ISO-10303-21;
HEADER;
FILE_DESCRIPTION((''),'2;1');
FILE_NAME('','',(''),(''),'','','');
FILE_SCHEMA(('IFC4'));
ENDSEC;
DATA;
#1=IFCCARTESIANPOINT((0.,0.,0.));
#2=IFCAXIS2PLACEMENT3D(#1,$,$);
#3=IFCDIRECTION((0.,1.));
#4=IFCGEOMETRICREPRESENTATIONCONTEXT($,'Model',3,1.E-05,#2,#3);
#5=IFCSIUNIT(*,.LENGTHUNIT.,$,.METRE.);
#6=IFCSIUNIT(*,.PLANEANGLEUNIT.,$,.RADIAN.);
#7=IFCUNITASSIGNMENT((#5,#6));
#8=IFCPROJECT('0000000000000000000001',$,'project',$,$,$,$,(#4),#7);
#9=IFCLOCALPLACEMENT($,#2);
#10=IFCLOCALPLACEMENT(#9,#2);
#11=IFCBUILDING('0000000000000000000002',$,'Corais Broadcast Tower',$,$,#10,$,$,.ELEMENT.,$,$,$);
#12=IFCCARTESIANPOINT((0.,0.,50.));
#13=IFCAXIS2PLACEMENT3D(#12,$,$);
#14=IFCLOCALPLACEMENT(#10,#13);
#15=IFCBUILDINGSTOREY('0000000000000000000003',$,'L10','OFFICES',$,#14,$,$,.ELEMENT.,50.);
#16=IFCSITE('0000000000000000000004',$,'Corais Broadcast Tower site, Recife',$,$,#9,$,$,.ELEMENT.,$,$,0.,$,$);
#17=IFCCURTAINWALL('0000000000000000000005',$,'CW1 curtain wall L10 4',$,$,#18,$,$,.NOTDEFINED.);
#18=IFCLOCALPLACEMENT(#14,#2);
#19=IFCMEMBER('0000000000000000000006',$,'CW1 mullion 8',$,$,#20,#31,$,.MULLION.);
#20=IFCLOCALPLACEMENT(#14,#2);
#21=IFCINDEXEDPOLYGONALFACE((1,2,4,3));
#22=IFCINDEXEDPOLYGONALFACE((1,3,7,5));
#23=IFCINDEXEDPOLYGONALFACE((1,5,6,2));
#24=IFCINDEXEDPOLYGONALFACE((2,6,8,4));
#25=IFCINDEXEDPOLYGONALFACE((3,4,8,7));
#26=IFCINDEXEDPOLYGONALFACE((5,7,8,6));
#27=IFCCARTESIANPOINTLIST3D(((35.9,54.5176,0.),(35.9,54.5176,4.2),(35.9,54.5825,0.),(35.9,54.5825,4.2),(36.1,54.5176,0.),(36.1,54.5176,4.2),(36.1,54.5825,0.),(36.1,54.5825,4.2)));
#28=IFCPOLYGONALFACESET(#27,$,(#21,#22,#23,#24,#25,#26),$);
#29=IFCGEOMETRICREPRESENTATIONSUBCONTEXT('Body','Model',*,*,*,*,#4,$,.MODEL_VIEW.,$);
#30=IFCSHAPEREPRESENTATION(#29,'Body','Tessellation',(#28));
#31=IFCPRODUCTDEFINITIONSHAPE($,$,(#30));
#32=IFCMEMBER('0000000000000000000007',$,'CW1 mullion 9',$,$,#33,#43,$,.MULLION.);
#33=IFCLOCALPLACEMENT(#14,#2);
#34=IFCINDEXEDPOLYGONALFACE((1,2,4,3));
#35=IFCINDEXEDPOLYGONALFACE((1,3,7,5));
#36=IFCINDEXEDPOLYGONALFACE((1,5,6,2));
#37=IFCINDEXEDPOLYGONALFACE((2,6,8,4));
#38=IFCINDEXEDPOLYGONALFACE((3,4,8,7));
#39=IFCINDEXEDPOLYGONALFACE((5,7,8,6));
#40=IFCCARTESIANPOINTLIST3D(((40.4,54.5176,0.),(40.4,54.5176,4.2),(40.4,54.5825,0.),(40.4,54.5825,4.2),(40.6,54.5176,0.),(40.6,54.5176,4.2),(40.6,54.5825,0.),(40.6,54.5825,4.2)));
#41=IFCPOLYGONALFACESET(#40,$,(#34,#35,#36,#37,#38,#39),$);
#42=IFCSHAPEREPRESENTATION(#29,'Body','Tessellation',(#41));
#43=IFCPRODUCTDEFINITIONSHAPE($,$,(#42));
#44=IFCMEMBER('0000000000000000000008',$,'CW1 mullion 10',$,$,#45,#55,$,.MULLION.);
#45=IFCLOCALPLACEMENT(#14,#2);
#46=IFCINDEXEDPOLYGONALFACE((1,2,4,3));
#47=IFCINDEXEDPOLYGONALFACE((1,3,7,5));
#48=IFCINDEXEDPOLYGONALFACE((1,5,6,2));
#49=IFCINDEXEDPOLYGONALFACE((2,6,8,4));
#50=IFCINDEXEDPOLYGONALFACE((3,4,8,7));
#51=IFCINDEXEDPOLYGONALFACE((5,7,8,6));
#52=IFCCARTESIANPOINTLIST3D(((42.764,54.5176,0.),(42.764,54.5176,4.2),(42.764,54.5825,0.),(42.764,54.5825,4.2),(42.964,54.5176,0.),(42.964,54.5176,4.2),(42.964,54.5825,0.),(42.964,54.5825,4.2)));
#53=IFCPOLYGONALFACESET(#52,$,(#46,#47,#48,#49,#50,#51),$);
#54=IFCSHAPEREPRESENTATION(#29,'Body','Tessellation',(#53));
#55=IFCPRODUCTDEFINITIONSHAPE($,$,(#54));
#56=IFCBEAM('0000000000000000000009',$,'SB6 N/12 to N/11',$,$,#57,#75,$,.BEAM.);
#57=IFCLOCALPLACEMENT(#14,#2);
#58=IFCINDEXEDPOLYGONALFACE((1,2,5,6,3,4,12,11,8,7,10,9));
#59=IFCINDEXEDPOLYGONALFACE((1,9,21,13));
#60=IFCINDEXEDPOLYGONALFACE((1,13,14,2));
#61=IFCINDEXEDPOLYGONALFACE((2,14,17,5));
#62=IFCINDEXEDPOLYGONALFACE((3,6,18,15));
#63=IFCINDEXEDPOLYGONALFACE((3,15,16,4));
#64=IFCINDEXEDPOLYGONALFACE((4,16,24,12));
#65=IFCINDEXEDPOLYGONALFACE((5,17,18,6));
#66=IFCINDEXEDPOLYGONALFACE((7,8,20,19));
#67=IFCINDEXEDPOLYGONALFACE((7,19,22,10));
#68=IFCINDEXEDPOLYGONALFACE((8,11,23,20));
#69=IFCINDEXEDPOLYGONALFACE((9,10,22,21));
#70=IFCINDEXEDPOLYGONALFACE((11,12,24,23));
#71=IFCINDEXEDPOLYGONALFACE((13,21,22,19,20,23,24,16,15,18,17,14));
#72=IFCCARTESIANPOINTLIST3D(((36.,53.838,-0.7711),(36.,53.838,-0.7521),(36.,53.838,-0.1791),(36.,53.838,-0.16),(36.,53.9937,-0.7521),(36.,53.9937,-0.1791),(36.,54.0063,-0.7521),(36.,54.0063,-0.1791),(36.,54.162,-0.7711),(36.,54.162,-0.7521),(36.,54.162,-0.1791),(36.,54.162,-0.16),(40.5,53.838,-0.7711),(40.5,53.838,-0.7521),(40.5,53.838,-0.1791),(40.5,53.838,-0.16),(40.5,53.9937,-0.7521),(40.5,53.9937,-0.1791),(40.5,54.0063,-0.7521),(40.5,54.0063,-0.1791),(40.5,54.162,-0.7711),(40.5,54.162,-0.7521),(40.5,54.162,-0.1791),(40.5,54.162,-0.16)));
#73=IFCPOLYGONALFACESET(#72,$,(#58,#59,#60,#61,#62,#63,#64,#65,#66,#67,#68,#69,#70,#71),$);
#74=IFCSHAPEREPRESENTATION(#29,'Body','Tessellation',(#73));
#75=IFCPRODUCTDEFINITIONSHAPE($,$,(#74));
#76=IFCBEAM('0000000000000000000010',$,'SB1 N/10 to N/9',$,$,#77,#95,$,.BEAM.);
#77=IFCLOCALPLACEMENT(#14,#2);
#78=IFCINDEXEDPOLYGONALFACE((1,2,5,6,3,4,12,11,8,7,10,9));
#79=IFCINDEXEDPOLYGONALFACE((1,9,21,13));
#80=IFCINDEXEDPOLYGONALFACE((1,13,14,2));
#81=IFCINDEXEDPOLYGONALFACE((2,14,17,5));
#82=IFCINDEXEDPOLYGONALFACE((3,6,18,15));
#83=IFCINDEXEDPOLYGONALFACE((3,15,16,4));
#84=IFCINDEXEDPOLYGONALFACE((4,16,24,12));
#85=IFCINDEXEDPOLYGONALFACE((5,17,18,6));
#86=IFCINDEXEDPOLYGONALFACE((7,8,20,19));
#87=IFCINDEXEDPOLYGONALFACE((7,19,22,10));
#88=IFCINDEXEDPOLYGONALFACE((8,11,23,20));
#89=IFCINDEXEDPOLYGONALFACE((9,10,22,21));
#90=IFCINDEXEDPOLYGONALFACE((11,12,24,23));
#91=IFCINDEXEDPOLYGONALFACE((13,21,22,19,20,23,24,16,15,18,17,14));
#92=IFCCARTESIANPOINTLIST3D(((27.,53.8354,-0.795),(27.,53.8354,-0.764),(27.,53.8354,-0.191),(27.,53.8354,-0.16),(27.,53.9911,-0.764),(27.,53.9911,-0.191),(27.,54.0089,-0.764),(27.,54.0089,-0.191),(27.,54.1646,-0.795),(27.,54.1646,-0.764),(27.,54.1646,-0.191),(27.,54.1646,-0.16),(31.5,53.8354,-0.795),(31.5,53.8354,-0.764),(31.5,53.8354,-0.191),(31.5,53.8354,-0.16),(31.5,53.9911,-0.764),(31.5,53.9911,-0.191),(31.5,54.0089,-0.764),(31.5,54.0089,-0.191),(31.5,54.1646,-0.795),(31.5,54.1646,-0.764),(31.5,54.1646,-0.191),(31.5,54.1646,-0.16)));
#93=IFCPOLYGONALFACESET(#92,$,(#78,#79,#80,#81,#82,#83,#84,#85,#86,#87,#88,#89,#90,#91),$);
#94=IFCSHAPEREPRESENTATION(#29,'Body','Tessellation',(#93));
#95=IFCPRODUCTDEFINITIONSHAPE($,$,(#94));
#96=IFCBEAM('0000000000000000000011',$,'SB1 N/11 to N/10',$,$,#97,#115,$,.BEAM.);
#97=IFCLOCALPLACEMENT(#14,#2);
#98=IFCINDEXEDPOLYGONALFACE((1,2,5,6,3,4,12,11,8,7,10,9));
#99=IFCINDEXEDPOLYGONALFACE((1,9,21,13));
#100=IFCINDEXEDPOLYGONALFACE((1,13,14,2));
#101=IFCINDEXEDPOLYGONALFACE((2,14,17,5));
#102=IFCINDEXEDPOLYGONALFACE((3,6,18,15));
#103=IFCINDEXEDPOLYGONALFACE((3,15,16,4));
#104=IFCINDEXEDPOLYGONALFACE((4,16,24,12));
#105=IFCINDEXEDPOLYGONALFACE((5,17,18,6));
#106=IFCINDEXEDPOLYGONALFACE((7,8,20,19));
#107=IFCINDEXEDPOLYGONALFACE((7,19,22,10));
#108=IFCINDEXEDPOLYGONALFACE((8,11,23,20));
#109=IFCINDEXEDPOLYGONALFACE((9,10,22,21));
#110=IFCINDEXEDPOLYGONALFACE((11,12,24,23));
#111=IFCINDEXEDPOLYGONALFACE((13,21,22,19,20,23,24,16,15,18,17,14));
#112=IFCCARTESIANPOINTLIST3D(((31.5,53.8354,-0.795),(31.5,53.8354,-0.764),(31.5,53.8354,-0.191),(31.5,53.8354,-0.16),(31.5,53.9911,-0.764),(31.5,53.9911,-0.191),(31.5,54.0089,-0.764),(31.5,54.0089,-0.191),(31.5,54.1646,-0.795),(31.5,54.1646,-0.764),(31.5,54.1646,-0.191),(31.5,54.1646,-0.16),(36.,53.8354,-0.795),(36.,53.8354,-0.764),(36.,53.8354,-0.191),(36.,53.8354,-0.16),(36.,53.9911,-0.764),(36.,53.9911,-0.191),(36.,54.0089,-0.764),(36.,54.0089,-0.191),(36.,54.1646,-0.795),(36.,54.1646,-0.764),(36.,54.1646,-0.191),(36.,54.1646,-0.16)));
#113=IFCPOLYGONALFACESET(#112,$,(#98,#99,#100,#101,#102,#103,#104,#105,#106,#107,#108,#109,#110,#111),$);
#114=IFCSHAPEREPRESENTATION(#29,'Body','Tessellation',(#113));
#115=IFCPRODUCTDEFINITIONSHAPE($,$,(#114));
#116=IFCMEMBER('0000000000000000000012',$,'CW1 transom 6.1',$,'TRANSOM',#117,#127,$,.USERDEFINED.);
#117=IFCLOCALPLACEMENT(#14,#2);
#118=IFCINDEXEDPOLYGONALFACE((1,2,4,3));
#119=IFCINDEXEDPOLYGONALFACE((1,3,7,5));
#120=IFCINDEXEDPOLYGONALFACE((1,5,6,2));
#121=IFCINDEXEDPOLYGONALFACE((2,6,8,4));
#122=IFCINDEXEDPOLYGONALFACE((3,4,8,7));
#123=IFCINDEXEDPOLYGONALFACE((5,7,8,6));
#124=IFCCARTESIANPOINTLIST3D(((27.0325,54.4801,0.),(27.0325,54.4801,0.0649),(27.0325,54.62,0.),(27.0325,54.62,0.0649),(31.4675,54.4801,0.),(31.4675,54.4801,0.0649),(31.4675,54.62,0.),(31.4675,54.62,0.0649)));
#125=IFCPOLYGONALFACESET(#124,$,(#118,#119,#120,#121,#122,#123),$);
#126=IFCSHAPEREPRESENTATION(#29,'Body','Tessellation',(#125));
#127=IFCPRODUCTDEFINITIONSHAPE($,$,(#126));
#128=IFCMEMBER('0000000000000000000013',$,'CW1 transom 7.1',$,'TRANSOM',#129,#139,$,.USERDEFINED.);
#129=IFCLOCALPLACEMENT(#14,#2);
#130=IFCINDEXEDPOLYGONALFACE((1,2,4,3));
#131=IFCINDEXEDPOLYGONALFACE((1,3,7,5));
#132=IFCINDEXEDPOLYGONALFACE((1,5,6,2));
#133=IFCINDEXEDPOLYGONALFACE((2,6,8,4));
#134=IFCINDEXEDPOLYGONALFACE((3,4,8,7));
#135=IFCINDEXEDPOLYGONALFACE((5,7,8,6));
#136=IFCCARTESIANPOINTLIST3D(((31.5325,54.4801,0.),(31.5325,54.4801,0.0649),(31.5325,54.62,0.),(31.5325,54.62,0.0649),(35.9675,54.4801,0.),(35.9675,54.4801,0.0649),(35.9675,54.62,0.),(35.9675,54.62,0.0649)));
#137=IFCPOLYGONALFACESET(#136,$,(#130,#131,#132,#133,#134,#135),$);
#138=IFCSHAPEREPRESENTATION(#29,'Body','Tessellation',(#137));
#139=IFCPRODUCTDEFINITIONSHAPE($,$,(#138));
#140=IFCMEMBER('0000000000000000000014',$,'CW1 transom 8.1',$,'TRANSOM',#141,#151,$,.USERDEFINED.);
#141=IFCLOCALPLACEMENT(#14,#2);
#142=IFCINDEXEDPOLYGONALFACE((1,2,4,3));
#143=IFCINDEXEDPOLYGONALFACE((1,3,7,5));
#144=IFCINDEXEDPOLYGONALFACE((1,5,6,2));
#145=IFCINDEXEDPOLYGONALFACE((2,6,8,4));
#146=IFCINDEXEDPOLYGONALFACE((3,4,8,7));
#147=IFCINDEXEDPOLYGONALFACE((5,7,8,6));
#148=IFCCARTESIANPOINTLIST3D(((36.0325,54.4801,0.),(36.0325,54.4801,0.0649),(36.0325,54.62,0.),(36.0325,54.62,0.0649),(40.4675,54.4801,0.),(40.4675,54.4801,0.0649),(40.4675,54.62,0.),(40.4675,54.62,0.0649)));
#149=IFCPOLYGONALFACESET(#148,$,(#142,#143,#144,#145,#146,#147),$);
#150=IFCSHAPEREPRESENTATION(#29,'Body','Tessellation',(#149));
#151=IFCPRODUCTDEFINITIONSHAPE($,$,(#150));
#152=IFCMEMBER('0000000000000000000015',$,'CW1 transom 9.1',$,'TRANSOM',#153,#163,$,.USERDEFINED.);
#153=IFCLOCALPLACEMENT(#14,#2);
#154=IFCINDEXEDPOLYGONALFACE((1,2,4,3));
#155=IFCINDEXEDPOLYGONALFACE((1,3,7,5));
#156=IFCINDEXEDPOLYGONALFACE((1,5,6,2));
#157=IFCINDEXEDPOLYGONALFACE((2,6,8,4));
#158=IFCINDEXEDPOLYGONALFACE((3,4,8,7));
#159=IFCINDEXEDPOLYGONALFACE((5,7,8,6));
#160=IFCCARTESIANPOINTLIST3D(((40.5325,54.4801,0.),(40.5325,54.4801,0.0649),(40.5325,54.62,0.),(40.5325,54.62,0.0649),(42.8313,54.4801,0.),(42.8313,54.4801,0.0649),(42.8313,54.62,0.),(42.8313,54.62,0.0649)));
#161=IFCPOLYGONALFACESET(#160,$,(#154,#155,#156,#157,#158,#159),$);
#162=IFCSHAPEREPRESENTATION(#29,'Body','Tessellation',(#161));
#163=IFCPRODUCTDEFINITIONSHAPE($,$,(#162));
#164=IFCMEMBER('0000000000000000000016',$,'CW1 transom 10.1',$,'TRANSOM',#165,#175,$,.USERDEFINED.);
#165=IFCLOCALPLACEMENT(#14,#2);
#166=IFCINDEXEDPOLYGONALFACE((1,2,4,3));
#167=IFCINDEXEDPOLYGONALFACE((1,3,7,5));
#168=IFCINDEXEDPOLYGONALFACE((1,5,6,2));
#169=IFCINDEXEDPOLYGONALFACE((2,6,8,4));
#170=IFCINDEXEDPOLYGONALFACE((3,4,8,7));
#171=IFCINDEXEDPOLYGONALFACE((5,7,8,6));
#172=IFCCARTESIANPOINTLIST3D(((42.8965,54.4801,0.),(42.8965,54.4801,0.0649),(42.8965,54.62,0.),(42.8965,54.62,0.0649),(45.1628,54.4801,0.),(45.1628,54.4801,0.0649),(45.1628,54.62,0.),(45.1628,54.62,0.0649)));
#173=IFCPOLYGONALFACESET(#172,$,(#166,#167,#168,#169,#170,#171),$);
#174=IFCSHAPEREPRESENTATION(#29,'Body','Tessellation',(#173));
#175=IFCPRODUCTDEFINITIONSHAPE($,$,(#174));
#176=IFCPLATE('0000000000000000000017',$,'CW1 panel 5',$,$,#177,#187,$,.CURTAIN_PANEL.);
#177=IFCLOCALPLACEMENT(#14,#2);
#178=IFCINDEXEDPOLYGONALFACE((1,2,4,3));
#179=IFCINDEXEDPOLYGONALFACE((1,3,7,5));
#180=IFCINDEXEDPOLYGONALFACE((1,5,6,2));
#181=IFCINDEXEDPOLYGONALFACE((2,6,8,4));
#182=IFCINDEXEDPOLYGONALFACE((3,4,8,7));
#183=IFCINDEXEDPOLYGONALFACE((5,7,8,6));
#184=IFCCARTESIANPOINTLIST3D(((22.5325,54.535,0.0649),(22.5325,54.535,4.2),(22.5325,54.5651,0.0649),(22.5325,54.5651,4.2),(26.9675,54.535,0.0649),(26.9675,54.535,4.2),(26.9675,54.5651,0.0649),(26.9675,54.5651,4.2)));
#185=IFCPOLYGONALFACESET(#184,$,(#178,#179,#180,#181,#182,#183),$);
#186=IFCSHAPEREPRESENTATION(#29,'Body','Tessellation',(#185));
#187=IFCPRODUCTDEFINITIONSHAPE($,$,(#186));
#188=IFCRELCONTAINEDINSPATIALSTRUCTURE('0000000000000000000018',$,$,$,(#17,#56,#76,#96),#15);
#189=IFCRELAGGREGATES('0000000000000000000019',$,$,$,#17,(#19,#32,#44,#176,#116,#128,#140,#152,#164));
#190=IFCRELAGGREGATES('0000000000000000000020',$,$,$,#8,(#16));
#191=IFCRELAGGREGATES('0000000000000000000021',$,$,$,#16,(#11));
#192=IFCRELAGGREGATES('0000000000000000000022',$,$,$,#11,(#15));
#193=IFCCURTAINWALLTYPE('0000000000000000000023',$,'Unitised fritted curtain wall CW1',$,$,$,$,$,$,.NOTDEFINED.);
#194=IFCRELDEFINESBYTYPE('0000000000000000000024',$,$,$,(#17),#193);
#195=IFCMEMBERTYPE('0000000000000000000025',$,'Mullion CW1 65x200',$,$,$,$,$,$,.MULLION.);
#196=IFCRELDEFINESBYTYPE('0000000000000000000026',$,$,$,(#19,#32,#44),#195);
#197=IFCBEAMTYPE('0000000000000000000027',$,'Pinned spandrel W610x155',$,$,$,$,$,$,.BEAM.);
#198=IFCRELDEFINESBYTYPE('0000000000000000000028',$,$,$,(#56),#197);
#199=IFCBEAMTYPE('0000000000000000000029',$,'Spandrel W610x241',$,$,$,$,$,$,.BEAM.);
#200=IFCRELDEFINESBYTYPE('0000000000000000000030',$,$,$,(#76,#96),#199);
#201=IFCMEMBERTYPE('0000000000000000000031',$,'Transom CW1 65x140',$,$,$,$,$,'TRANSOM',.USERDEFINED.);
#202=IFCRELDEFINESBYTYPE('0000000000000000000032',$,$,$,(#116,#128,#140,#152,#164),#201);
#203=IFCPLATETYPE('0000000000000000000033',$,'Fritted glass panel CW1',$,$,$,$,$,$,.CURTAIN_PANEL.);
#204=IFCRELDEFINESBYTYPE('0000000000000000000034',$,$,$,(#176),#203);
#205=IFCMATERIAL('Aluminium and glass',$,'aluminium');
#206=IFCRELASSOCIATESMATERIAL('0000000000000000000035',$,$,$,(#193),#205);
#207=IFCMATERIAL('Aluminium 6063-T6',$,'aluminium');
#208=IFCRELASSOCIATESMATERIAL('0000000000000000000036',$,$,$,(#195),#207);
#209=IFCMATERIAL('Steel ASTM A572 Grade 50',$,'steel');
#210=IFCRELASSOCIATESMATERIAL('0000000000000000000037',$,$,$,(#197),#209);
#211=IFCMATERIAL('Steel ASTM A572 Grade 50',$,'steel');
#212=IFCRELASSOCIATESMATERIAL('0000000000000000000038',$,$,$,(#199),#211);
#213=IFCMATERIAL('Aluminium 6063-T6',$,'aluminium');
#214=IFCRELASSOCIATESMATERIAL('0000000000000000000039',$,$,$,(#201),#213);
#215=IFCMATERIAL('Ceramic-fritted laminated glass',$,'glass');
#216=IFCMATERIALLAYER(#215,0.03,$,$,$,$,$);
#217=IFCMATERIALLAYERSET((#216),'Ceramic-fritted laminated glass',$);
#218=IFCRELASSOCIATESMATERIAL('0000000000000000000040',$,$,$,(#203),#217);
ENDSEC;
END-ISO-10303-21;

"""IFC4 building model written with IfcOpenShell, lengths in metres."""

from ifc_helpers import new_model, si_unit, direction, frame, origin, origin_2d, place, context, subcontext, project, spatial, rectangle, i_section, extrude, material, layer, layer_set, material_profile, profile_set, type_object, element, aggregate, save


model = new_model("IFC4")

# Units and contexts
model_context = context("Model", 3, precision=1e-05, world=origin(), true_north=direction((0.0, 1.0)))
body_context = subcontext(model_context, "Body", "Model", "MODEL_VIEW")
ifc_project = project(units=[si_unit("LENGTHUNIT", "METRE"), si_unit("PLANEANGLEUNIT", "RADIAN")], contexts=[model_context])

# Site, building, storey
site_placement = place(None, origin())
site = spatial("IfcSite", under=ifc_project, at=site_placement, Name="Corais Broadcast Tower site, Recife", CompositionType="ELEMENT", RefElevation=0.0)
building_placement = place(site_placement, origin())
building = spatial("IfcBuilding", under=site, at=building_placement, Name="Corais Broadcast Tower", CompositionType="ELEMENT")
storey_placement = place(building_placement, frame((0.0, 0.0, 50.0)))
storey = spatial("IfcBuildingStorey", under=building, at=storey_placement, Name="L10", Description="OFFICES", CompositionType="ELEMENT", Elevation=50.0)

# Curtain wall, members
ifc_material_1 = material(Name="Aluminium and glass", Category="aluminium")
curtain_wall_type = type_object("IfcCurtainWallType", Name="Unitised fritted curtain wall CW1", PredefinedType="NOTDEFINED", material=ifc_material_1)
curtain_wall_placement = place(storey_placement, origin())
curtain_wall = element("IfcCurtainWall", 1, at=curtain_wall_placement, inside=storey, type_object=curtain_wall_type, Name="CW1 curtain wall L10 4", PredefinedType="NOTDEFINED")
ifc_material_2 = material(Name="Aluminium 6063-T6", Category="aluminium")
ifc_material_profile_1 = material_profile(ifc_material_2, rectangle(XDim=0.0649, YDim=0.2, at=origin_2d()), Name="Mullion CW1 65x200")
ifc_profile_set_1 = profile_set([ifc_material_profile_1], Name="Aluminium 6063-T6")
member_type_1 = type_object("IfcMemberType", Name="Mullion CW1 65x200", PredefinedType="MULLION", material=ifc_profile_set_1)
member_1_placement = place(storey_placement, frame((36.0, 54.55, 0.0), z_axis=(0.0, 0.0, 1.0), x_axis=(0.0, 1.0, 0.0)))
member_1 = element("IfcMember", 2, at=member_1_placement, type_object=member_type_1, Name="CW1 mullion 8", PredefinedType="MULLION", context=body_context, shape_type="SweptSolid", body=[
    extrude(rectangle(XDim=0.0649, YDim=0.2, at=origin_2d()), origin(), (0.0, 0.0, 1.0), 4.2),
])
member_2_placement = place(storey_placement, frame((40.5, 54.55, 0.0), z_axis=(0.0, 0.0, 1.0), x_axis=(0.0, 1.0, 0.0)))
member_2 = element("IfcMember", 3, at=member_2_placement, type_object=member_type_1, Name="CW1 mullion 9", PredefinedType="MULLION", context=body_context, shape_type="SweptSolid", body=[
    extrude(rectangle(XDim=0.0649, YDim=0.2, at=origin_2d()), origin(), (0.0, 0.0, 1.0), 4.2),
])
member_3_placement = place(storey_placement, frame((42.864, 54.55, 0.0), z_axis=(0.0, 0.0, 1.0), x_axis=(0.0, 1.0, 0.0)))
member_3 = element("IfcMember", 4, at=member_3_placement, type_object=member_type_1, Name="CW1 mullion 10", PredefinedType="MULLION", context=body_context, shape_type="SweptSolid", body=[
    extrude(rectangle(XDim=0.0649, YDim=0.2, at=origin_2d()), origin(), (0.0, 0.0, 1.0), 4.2),
])

# Beams
ifc_material_3 = material(Name="Steel ASTM A572 Grade 50", Category="steel")
ifc_material_profile_2 = material_profile(ifc_material_3, i_section(OverallWidth=0.324, OverallDepth=0.6111, WebThickness=0.0127, FlangeThickness=0.019, at=origin_2d()), Name="W610x155")
ifc_profile_set_2 = profile_set([ifc_material_profile_2], Name="Steel ASTM A572 Grade 50")
beam_type_1 = type_object("IfcBeamType", Name="Pinned spandrel W610x155", PredefinedType="BEAM", material=ifc_profile_set_2)
beam_1_placement = place(storey_placement, frame((40.5, 54.0, -0.4656), z_axis=(-1.0, 0.0, 0.0), x_axis=(0.0, -1.0, 0.0)))
element("IfcBeam", 5, at=beam_1_placement, inside=storey, type_object=beam_type_1, Name="SB6 N/12 to N/11", PredefinedType="BEAM", context=body_context, shape_type="SweptSolid", body=[
    extrude(i_section(OverallWidth=0.324, OverallDepth=0.6111, WebThickness=0.0127, FlangeThickness=0.019, at=origin_2d()), origin(), (0.0, 0.0, 1.0), 4.5),
])
ifc_material_4 = material(Name="Steel ASTM A572 Grade 50", Category="steel")
ifc_material_profile_3 = material_profile(ifc_material_4, i_section(OverallWidth=0.3291, OverallDepth=0.635, WebThickness=0.0178, FlangeThickness=0.031, at=origin_2d()), Name="W610x241")
ifc_profile_set_3 = profile_set([ifc_material_profile_3], Name="Steel ASTM A572 Grade 50")
beam_type_2 = type_object("IfcBeamType", Name="Spandrel W610x241", PredefinedType="BEAM", material=ifc_profile_set_3)
for number, where, z_axis, x_axis, name in (
    (6, (31.5, 54.0, -0.4775), (-1.0, 0.0, 0.0), (0.0, -1.0, 0.0), "SB1 N/10 to N/9"),
    (7, (36.0, 54.0, -0.4775), (-1.0, 0.0, 0.0), (0.0, -1.0, 0.0), "SB1 N/11 to N/10"),
):
    element("IfcBeam", number, at=place(storey_placement, frame(where, z_axis=z_axis, x_axis=x_axis)), inside=storey, type_object=beam_type_2, Name=name, PredefinedType="BEAM", context=body_context, shape_type="SweptSolid", body=[
        extrude(i_section(OverallWidth=0.3291, OverallDepth=0.635, WebThickness=0.0178, FlangeThickness=0.031, at=origin_2d()), origin(), (0.0, 0.0, 1.0), 4.5),
    ])

# Members
ifc_material_5 = material(Name="Aluminium 6063-T6", Category="aluminium")
ifc_material_profile_4 = material_profile(ifc_material_5, rectangle(XDim=0.1399, YDim=0.0649, at=origin_2d()), Name="Transom CW1 65x140")
ifc_profile_set_4 = profile_set([ifc_material_profile_4], Name="Aluminium 6063-T6")
member_type_2 = type_object("IfcMemberType", Name="Transom CW1 65x140", ElementType="TRANSOM", PredefinedType="USERDEFINED", material=ifc_profile_set_4)
member_4_placement = place(storey_placement, frame((27.0325, 54.55, 0.0325), z_axis=(1.0, 0.0, 0.0), x_axis=(0.0, 1.0, 0.0)))
member_4 = element("IfcMember", 8, at=member_4_placement, type_object=member_type_2, Name="CW1 transom 6.1", ObjectType="TRANSOM", PredefinedType="USERDEFINED", context=body_context, shape_type="SweptSolid", body=[
    extrude(rectangle(XDim=0.1399, YDim=0.0649, at=origin_2d()), origin(), (0.0, 0.0, 1.0), 4.4351),
])
member_5_placement = place(storey_placement, frame((31.5325, 54.55, 0.0325), z_axis=(1.0, 0.0, 0.0), x_axis=(0.0, 1.0, 0.0)))
member_5 = element("IfcMember", 9, at=member_5_placement, type_object=member_type_2, Name="CW1 transom 7.1", ObjectType="TRANSOM", PredefinedType="USERDEFINED", context=body_context, shape_type="SweptSolid", body=[
    extrude(rectangle(XDim=0.1399, YDim=0.0649, at=origin_2d()), origin(), (0.0, 0.0, 1.0), 4.4351),
])
member_6_placement = place(storey_placement, frame((36.0325, 54.55, 0.0325), z_axis=(1.0, 0.0, 0.0), x_axis=(0.0, 1.0, 0.0)))
member_6 = element("IfcMember", 10, at=member_6_placement, type_object=member_type_2, Name="CW1 transom 8.1", ObjectType="TRANSOM", PredefinedType="USERDEFINED", context=body_context, shape_type="SweptSolid", body=[
    extrude(rectangle(XDim=0.1399, YDim=0.0649, at=origin_2d()), origin(), (0.0, 0.0, 1.0), 4.4351),
])
member_7_placement = place(storey_placement, frame((40.5325, 54.55, 0.0325), z_axis=(1.0, 0.0, 0.0), x_axis=(0.0, 1.0, 0.0)))
member_7 = element("IfcMember", 11, at=member_7_placement, type_object=member_type_2, Name="CW1 transom 9.1", ObjectType="TRANSOM", PredefinedType="USERDEFINED", context=body_context, shape_type="SweptSolid", body=[
    extrude(rectangle(XDim=0.1399, YDim=0.0649, at=origin_2d()), origin(), (0.0, 0.0, 1.0), 2.2988),
])
member_8_placement = place(storey_placement, frame((42.8965, 54.55, 0.0325), z_axis=(1.0, 0.0, 0.0), x_axis=(0.0, 1.0, 0.0)))
member_8 = element("IfcMember", 12, at=member_8_placement, type_object=member_type_2, Name="CW1 transom 10.1", ObjectType="TRANSOM", PredefinedType="USERDEFINED", context=body_context, shape_type="SweptSolid", body=[
    extrude(rectangle(XDim=0.1399, YDim=0.0649, at=origin_2d()), origin(), (0.0, 0.0, 1.0), 2.2664),
])

# Plate
ifc_material_6 = material(Name="Ceramic-fritted laminated glass", Category="glass")
ifc_layer_1 = layer(ifc_material_6, 0.03)
ifc_layer_set_1 = layer_set([ifc_layer_1], Name="Ceramic-fritted laminated glass")
plate_type_1 = type_object("IfcPlateType", Name="Fritted glass panel CW1", PredefinedType="CURTAIN_PANEL", material=ifc_layer_set_1)
plate_1_placement = place(storey_placement, frame((24.75, 54.55, 0.0649), z_axis=(0.0, 0.0, 1.0), x_axis=(1.0, 0.0, 0.0)))
plate_1 = element("IfcPlate", 13, at=plate_1_placement, type_object=plate_type_1, Name="CW1 panel 5", PredefinedType="CURTAIN_PANEL", context=body_context, shape_type="SweptSolid", body=[
    extrude(rectangle(XDim=4.4351, YDim=0.03, at=origin_2d()), origin(), (0.0, 0.0, 1.0), 4.135),
])
aggregate(curtain_wall, [member_1, member_2, member_3, plate_1, member_4, member_5, member_6, member_7, member_8])

save(model, "model.ifc")
